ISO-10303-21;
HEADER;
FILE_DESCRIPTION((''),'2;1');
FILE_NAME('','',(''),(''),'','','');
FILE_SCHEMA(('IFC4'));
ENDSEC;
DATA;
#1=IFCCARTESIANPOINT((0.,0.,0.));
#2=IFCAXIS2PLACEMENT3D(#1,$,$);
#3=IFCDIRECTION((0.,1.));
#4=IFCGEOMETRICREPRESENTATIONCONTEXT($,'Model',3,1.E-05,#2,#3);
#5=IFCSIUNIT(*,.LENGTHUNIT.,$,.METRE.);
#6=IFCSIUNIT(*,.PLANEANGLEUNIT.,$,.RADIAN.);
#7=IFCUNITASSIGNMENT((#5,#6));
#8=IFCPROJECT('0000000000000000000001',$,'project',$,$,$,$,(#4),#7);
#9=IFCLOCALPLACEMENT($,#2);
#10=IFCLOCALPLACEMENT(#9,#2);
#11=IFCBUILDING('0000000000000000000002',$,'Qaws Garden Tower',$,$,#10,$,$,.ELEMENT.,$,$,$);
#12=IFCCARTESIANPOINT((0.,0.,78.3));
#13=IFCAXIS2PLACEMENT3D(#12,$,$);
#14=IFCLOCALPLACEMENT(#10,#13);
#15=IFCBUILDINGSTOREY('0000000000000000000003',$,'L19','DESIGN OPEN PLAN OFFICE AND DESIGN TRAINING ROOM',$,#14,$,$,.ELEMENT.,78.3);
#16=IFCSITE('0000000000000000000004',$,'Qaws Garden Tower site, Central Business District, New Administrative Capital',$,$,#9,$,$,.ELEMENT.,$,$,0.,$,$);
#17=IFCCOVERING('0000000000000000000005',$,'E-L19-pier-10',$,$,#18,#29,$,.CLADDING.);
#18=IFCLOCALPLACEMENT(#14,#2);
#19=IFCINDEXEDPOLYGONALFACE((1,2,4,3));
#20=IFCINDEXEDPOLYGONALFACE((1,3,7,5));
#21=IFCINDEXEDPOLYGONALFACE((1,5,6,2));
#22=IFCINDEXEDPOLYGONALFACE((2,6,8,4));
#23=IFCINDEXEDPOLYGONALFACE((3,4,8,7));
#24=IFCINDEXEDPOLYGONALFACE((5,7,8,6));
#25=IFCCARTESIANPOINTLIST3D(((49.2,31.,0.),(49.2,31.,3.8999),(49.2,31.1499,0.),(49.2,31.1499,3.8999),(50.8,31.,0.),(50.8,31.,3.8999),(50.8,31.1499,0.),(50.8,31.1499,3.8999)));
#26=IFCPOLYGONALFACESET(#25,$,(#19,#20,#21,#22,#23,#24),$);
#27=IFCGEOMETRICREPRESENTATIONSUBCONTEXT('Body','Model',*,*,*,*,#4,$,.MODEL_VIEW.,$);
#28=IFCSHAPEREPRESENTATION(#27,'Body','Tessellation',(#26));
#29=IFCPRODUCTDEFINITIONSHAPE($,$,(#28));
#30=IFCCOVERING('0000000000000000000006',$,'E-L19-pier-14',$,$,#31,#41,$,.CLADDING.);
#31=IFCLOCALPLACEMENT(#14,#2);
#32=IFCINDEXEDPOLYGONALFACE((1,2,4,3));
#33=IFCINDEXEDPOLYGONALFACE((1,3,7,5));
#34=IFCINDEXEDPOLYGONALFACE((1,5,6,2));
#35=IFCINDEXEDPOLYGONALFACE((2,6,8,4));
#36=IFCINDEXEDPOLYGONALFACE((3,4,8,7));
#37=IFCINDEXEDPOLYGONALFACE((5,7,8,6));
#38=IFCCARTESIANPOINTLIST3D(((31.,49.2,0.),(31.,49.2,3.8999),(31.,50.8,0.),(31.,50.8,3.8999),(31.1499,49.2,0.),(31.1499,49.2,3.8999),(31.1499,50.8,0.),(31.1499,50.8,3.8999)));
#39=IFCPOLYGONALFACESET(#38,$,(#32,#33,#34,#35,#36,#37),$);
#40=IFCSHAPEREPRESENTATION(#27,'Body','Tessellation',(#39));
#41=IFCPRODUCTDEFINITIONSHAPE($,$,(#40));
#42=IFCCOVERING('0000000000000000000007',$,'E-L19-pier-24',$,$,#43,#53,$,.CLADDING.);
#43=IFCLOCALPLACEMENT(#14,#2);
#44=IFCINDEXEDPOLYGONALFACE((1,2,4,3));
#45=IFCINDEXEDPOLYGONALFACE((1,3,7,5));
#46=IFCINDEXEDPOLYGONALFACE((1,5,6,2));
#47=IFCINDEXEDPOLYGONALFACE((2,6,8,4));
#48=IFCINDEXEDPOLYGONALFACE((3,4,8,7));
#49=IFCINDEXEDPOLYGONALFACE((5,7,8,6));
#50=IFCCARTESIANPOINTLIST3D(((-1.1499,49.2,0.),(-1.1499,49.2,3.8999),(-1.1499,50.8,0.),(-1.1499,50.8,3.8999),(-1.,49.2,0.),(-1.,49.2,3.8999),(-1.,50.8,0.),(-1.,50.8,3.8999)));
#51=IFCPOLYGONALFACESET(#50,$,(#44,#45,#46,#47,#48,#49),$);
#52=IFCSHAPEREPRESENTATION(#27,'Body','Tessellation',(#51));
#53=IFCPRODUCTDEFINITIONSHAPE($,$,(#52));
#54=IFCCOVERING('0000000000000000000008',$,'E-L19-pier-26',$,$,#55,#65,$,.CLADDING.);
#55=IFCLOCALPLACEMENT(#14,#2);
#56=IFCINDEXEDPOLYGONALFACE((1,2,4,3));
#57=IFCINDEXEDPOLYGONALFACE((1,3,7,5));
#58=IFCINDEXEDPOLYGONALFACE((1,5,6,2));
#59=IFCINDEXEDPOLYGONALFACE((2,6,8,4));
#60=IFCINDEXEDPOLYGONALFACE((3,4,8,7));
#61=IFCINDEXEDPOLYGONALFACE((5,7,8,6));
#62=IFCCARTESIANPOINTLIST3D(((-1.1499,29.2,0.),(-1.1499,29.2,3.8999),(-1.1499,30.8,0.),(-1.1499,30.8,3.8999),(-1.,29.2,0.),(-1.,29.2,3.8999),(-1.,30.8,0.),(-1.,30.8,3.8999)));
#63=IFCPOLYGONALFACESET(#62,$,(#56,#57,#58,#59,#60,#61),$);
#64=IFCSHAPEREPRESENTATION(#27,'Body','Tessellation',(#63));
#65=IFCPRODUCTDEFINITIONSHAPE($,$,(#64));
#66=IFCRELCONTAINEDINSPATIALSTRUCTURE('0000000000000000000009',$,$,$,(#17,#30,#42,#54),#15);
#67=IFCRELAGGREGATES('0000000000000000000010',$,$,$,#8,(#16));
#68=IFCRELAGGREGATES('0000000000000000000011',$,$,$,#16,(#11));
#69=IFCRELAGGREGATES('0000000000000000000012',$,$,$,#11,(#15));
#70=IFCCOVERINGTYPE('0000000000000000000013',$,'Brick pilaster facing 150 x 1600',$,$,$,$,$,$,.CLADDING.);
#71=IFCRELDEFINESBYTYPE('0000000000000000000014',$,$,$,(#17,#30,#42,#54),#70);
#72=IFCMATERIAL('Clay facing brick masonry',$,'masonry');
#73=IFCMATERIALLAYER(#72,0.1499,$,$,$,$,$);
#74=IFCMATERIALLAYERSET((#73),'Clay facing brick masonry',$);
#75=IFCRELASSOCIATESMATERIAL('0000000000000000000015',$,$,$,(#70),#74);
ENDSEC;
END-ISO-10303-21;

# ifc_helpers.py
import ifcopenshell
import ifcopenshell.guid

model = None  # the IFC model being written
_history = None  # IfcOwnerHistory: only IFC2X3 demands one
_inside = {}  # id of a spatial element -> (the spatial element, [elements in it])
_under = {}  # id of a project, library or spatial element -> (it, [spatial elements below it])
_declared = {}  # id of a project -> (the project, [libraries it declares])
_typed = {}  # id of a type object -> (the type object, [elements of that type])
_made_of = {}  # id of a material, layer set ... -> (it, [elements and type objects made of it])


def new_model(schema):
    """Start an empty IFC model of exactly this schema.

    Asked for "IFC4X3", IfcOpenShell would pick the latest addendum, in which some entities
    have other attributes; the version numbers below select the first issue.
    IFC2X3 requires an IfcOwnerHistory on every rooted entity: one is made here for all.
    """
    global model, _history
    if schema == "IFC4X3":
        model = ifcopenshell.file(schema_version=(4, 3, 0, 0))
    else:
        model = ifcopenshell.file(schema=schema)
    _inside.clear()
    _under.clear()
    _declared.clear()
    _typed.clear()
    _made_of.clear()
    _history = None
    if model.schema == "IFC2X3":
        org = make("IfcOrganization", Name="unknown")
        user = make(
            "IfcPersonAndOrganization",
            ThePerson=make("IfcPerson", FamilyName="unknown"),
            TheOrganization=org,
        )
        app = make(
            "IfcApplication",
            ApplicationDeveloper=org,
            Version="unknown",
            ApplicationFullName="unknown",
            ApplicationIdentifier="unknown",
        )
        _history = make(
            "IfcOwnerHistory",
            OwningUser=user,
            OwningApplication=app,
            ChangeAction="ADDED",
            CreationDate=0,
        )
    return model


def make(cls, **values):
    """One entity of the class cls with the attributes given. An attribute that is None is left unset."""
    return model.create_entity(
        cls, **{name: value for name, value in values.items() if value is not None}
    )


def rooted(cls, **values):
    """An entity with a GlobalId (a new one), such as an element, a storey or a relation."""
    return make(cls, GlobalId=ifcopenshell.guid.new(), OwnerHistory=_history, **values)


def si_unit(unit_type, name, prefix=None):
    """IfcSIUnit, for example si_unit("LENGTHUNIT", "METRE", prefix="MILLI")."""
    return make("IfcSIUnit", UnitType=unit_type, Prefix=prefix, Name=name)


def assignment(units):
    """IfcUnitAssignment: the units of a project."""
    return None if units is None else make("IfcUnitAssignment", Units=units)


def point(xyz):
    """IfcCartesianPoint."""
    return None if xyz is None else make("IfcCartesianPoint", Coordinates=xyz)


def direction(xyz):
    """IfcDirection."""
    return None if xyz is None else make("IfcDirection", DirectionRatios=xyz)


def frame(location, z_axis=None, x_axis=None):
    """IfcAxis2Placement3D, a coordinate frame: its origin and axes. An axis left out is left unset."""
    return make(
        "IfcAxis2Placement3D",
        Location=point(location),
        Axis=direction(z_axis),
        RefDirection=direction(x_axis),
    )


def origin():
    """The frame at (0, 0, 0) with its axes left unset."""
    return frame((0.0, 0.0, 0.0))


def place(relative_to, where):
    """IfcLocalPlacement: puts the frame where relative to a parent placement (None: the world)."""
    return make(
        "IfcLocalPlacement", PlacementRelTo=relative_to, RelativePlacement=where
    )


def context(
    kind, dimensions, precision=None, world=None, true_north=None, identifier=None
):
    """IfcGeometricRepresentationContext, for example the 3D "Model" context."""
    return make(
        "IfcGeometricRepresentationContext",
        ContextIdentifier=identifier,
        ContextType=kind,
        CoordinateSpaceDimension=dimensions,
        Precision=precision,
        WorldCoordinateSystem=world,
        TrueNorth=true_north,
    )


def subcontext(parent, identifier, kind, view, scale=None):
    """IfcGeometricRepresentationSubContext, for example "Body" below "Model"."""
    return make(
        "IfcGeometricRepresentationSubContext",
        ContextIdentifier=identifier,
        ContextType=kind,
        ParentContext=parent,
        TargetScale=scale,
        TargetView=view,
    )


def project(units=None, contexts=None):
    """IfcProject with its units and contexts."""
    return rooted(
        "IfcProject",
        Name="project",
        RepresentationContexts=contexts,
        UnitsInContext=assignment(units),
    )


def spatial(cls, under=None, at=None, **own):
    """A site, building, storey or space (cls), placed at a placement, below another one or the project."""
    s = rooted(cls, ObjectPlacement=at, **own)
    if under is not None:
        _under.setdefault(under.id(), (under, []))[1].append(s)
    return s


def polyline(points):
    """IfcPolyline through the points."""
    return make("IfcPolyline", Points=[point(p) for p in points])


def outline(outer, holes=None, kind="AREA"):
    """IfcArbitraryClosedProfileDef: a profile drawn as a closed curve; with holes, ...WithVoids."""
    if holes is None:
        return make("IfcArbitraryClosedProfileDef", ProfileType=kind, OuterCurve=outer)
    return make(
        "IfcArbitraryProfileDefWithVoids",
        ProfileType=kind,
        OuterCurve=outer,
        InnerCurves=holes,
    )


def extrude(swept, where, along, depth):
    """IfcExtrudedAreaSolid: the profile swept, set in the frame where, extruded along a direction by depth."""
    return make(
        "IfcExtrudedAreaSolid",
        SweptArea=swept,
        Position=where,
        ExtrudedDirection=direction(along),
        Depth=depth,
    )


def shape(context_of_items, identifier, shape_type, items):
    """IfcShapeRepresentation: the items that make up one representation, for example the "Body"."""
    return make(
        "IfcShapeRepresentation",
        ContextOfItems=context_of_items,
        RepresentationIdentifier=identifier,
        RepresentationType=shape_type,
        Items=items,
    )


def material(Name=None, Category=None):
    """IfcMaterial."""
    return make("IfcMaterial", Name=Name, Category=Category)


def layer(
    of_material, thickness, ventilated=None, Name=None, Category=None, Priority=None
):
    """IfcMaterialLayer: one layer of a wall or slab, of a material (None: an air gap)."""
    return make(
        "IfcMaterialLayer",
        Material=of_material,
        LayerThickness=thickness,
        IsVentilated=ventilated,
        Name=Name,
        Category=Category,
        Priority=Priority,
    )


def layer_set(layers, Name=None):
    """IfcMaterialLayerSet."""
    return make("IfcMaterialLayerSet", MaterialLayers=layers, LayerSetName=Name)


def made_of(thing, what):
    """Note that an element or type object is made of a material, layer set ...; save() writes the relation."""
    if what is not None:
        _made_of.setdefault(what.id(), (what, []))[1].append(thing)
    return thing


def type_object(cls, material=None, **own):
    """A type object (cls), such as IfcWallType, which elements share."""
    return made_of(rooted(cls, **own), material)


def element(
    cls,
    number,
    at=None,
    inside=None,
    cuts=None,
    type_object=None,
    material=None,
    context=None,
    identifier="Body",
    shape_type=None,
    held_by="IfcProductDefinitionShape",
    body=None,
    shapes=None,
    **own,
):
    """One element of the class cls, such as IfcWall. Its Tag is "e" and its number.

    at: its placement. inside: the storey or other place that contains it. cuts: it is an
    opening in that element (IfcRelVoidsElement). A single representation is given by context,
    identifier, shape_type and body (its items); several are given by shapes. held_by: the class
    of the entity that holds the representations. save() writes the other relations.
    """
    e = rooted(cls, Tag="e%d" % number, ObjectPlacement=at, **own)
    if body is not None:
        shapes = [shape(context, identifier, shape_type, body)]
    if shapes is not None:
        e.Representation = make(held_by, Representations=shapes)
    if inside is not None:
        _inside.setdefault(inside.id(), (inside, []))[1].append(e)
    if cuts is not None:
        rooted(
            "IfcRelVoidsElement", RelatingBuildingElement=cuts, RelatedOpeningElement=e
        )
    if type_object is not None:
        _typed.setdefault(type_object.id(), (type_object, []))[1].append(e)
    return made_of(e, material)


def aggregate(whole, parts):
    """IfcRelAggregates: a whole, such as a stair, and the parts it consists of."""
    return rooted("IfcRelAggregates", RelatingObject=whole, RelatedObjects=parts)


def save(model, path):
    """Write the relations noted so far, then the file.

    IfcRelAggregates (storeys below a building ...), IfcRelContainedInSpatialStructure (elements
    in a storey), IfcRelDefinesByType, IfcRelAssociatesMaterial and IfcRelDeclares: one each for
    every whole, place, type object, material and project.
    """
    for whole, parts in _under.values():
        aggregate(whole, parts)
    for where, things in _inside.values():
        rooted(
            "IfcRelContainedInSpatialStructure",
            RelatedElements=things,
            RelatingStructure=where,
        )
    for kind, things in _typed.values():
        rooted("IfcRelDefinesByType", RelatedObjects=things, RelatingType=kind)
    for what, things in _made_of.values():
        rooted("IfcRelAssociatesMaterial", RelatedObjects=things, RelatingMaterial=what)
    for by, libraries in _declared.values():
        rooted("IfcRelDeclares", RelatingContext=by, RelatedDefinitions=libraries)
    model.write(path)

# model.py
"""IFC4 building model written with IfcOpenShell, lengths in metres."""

from ifc_helpers import new_model, si_unit, direction, frame, origin, place, context, subcontext, project, spatial, polyline, outline, extrude, material, layer, layer_set, type_object, element, save


model = new_model("IFC4")

# Units and contexts
model_context = context("Model", 3, precision=1e-05, world=origin(), true_north=direction((0.0, 1.0)))
body_context = subcontext(model_context, "Body", "Model", "MODEL_VIEW")
ifc_project = project(units=[si_unit("LENGTHUNIT", "METRE"), si_unit("PLANEANGLEUNIT", "RADIAN")], contexts=[model_context])

# Site, building, storey
site_placement = place(None, origin())
site = spatial("IfcSite", under=ifc_project, at=site_placement, Name="Qaws Garden Tower site, Central Business District, New Administrative Capital", CompositionType="ELEMENT", RefElevation=0.0)
building_placement = place(site_placement, origin())
building = spatial("IfcBuilding", under=site, at=building_placement, Name="Qaws Garden Tower", CompositionType="ELEMENT")
storey_placement = place(building_placement, frame((0.0, 0.0, 78.3)))
storey = spatial("IfcBuildingStorey", under=building, at=storey_placement, Name="L19", Description="DESIGN OPEN PLAN OFFICE AND DESIGN TRAINING ROOM", CompositionType="ELEMENT", Elevation=78.3)

# Shared definitions
placement = place(storey_placement, origin())

# Coverings
ifc_material_1 = material(Name="Clay facing brick masonry", Category="masonry")
ifc_layer_1 = layer(ifc_material_1, 0.1499)
ifc_layer_set_1 = layer_set([ifc_layer_1], Name="Clay facing brick masonry")
covering_type = type_object("IfcCoveringType", Name="Brick pilaster facing 150 x 1600", PredefinedType="CLADDING", material=ifc_layer_set_1)
element("IfcCovering", 1, at=placement, inside=storey, type_object=covering_type, Name="E-L19-pier-10", PredefinedType="CLADDING", context=body_context, shape_type="SweptSolid", body=[
    extrude(outline(polyline([(50.8, 31.0), (49.2, 31.0), (49.2, 31.1499), (50.8, 31.1499), (50.8, 31.0)])), origin(), (0.0, 0.0, 1.0), 3.8999),
])
element("IfcCovering", 2, at=placement, inside=storey, type_object=covering_type, Name="E-L19-pier-14", PredefinedType="CLADDING", context=body_context, shape_type="SweptSolid", body=[
    extrude(outline(polyline([(31.0, 49.2), (31.0, 50.8), (31.1499, 50.8), (31.1499, 49.2), (31.0, 49.2)])), origin(), (0.0, 0.0, 1.0), 3.8999),
])
element("IfcCovering", 3, at=placement, inside=storey, type_object=covering_type, Name="E-L19-pier-24", PredefinedType="CLADDING", context=body_context, shape_type="SweptSolid", body=[
    extrude(outline(polyline([(-1.0, 50.8), (-1.0, 49.2), (-1.1499, 49.2), (-1.1499, 50.8), (-1.0, 50.8)])), origin(), (0.0, 0.0, 1.0), 3.8999),
])
element("IfcCovering", 4, at=placement, inside=storey, type_object=covering_type, Name="E-L19-pier-26", PredefinedType="CLADDING", context=body_context, shape_type="SweptSolid", body=[
    extrude(outline(polyline([(-1.0, 30.8), (-1.0, 29.2), (-1.1499, 29.2), (-1.1499, 30.8), (-1.0, 30.8)])), origin(), (0.0, 0.0, 1.0), 3.8999),
])

save(model, "model.ifc")
